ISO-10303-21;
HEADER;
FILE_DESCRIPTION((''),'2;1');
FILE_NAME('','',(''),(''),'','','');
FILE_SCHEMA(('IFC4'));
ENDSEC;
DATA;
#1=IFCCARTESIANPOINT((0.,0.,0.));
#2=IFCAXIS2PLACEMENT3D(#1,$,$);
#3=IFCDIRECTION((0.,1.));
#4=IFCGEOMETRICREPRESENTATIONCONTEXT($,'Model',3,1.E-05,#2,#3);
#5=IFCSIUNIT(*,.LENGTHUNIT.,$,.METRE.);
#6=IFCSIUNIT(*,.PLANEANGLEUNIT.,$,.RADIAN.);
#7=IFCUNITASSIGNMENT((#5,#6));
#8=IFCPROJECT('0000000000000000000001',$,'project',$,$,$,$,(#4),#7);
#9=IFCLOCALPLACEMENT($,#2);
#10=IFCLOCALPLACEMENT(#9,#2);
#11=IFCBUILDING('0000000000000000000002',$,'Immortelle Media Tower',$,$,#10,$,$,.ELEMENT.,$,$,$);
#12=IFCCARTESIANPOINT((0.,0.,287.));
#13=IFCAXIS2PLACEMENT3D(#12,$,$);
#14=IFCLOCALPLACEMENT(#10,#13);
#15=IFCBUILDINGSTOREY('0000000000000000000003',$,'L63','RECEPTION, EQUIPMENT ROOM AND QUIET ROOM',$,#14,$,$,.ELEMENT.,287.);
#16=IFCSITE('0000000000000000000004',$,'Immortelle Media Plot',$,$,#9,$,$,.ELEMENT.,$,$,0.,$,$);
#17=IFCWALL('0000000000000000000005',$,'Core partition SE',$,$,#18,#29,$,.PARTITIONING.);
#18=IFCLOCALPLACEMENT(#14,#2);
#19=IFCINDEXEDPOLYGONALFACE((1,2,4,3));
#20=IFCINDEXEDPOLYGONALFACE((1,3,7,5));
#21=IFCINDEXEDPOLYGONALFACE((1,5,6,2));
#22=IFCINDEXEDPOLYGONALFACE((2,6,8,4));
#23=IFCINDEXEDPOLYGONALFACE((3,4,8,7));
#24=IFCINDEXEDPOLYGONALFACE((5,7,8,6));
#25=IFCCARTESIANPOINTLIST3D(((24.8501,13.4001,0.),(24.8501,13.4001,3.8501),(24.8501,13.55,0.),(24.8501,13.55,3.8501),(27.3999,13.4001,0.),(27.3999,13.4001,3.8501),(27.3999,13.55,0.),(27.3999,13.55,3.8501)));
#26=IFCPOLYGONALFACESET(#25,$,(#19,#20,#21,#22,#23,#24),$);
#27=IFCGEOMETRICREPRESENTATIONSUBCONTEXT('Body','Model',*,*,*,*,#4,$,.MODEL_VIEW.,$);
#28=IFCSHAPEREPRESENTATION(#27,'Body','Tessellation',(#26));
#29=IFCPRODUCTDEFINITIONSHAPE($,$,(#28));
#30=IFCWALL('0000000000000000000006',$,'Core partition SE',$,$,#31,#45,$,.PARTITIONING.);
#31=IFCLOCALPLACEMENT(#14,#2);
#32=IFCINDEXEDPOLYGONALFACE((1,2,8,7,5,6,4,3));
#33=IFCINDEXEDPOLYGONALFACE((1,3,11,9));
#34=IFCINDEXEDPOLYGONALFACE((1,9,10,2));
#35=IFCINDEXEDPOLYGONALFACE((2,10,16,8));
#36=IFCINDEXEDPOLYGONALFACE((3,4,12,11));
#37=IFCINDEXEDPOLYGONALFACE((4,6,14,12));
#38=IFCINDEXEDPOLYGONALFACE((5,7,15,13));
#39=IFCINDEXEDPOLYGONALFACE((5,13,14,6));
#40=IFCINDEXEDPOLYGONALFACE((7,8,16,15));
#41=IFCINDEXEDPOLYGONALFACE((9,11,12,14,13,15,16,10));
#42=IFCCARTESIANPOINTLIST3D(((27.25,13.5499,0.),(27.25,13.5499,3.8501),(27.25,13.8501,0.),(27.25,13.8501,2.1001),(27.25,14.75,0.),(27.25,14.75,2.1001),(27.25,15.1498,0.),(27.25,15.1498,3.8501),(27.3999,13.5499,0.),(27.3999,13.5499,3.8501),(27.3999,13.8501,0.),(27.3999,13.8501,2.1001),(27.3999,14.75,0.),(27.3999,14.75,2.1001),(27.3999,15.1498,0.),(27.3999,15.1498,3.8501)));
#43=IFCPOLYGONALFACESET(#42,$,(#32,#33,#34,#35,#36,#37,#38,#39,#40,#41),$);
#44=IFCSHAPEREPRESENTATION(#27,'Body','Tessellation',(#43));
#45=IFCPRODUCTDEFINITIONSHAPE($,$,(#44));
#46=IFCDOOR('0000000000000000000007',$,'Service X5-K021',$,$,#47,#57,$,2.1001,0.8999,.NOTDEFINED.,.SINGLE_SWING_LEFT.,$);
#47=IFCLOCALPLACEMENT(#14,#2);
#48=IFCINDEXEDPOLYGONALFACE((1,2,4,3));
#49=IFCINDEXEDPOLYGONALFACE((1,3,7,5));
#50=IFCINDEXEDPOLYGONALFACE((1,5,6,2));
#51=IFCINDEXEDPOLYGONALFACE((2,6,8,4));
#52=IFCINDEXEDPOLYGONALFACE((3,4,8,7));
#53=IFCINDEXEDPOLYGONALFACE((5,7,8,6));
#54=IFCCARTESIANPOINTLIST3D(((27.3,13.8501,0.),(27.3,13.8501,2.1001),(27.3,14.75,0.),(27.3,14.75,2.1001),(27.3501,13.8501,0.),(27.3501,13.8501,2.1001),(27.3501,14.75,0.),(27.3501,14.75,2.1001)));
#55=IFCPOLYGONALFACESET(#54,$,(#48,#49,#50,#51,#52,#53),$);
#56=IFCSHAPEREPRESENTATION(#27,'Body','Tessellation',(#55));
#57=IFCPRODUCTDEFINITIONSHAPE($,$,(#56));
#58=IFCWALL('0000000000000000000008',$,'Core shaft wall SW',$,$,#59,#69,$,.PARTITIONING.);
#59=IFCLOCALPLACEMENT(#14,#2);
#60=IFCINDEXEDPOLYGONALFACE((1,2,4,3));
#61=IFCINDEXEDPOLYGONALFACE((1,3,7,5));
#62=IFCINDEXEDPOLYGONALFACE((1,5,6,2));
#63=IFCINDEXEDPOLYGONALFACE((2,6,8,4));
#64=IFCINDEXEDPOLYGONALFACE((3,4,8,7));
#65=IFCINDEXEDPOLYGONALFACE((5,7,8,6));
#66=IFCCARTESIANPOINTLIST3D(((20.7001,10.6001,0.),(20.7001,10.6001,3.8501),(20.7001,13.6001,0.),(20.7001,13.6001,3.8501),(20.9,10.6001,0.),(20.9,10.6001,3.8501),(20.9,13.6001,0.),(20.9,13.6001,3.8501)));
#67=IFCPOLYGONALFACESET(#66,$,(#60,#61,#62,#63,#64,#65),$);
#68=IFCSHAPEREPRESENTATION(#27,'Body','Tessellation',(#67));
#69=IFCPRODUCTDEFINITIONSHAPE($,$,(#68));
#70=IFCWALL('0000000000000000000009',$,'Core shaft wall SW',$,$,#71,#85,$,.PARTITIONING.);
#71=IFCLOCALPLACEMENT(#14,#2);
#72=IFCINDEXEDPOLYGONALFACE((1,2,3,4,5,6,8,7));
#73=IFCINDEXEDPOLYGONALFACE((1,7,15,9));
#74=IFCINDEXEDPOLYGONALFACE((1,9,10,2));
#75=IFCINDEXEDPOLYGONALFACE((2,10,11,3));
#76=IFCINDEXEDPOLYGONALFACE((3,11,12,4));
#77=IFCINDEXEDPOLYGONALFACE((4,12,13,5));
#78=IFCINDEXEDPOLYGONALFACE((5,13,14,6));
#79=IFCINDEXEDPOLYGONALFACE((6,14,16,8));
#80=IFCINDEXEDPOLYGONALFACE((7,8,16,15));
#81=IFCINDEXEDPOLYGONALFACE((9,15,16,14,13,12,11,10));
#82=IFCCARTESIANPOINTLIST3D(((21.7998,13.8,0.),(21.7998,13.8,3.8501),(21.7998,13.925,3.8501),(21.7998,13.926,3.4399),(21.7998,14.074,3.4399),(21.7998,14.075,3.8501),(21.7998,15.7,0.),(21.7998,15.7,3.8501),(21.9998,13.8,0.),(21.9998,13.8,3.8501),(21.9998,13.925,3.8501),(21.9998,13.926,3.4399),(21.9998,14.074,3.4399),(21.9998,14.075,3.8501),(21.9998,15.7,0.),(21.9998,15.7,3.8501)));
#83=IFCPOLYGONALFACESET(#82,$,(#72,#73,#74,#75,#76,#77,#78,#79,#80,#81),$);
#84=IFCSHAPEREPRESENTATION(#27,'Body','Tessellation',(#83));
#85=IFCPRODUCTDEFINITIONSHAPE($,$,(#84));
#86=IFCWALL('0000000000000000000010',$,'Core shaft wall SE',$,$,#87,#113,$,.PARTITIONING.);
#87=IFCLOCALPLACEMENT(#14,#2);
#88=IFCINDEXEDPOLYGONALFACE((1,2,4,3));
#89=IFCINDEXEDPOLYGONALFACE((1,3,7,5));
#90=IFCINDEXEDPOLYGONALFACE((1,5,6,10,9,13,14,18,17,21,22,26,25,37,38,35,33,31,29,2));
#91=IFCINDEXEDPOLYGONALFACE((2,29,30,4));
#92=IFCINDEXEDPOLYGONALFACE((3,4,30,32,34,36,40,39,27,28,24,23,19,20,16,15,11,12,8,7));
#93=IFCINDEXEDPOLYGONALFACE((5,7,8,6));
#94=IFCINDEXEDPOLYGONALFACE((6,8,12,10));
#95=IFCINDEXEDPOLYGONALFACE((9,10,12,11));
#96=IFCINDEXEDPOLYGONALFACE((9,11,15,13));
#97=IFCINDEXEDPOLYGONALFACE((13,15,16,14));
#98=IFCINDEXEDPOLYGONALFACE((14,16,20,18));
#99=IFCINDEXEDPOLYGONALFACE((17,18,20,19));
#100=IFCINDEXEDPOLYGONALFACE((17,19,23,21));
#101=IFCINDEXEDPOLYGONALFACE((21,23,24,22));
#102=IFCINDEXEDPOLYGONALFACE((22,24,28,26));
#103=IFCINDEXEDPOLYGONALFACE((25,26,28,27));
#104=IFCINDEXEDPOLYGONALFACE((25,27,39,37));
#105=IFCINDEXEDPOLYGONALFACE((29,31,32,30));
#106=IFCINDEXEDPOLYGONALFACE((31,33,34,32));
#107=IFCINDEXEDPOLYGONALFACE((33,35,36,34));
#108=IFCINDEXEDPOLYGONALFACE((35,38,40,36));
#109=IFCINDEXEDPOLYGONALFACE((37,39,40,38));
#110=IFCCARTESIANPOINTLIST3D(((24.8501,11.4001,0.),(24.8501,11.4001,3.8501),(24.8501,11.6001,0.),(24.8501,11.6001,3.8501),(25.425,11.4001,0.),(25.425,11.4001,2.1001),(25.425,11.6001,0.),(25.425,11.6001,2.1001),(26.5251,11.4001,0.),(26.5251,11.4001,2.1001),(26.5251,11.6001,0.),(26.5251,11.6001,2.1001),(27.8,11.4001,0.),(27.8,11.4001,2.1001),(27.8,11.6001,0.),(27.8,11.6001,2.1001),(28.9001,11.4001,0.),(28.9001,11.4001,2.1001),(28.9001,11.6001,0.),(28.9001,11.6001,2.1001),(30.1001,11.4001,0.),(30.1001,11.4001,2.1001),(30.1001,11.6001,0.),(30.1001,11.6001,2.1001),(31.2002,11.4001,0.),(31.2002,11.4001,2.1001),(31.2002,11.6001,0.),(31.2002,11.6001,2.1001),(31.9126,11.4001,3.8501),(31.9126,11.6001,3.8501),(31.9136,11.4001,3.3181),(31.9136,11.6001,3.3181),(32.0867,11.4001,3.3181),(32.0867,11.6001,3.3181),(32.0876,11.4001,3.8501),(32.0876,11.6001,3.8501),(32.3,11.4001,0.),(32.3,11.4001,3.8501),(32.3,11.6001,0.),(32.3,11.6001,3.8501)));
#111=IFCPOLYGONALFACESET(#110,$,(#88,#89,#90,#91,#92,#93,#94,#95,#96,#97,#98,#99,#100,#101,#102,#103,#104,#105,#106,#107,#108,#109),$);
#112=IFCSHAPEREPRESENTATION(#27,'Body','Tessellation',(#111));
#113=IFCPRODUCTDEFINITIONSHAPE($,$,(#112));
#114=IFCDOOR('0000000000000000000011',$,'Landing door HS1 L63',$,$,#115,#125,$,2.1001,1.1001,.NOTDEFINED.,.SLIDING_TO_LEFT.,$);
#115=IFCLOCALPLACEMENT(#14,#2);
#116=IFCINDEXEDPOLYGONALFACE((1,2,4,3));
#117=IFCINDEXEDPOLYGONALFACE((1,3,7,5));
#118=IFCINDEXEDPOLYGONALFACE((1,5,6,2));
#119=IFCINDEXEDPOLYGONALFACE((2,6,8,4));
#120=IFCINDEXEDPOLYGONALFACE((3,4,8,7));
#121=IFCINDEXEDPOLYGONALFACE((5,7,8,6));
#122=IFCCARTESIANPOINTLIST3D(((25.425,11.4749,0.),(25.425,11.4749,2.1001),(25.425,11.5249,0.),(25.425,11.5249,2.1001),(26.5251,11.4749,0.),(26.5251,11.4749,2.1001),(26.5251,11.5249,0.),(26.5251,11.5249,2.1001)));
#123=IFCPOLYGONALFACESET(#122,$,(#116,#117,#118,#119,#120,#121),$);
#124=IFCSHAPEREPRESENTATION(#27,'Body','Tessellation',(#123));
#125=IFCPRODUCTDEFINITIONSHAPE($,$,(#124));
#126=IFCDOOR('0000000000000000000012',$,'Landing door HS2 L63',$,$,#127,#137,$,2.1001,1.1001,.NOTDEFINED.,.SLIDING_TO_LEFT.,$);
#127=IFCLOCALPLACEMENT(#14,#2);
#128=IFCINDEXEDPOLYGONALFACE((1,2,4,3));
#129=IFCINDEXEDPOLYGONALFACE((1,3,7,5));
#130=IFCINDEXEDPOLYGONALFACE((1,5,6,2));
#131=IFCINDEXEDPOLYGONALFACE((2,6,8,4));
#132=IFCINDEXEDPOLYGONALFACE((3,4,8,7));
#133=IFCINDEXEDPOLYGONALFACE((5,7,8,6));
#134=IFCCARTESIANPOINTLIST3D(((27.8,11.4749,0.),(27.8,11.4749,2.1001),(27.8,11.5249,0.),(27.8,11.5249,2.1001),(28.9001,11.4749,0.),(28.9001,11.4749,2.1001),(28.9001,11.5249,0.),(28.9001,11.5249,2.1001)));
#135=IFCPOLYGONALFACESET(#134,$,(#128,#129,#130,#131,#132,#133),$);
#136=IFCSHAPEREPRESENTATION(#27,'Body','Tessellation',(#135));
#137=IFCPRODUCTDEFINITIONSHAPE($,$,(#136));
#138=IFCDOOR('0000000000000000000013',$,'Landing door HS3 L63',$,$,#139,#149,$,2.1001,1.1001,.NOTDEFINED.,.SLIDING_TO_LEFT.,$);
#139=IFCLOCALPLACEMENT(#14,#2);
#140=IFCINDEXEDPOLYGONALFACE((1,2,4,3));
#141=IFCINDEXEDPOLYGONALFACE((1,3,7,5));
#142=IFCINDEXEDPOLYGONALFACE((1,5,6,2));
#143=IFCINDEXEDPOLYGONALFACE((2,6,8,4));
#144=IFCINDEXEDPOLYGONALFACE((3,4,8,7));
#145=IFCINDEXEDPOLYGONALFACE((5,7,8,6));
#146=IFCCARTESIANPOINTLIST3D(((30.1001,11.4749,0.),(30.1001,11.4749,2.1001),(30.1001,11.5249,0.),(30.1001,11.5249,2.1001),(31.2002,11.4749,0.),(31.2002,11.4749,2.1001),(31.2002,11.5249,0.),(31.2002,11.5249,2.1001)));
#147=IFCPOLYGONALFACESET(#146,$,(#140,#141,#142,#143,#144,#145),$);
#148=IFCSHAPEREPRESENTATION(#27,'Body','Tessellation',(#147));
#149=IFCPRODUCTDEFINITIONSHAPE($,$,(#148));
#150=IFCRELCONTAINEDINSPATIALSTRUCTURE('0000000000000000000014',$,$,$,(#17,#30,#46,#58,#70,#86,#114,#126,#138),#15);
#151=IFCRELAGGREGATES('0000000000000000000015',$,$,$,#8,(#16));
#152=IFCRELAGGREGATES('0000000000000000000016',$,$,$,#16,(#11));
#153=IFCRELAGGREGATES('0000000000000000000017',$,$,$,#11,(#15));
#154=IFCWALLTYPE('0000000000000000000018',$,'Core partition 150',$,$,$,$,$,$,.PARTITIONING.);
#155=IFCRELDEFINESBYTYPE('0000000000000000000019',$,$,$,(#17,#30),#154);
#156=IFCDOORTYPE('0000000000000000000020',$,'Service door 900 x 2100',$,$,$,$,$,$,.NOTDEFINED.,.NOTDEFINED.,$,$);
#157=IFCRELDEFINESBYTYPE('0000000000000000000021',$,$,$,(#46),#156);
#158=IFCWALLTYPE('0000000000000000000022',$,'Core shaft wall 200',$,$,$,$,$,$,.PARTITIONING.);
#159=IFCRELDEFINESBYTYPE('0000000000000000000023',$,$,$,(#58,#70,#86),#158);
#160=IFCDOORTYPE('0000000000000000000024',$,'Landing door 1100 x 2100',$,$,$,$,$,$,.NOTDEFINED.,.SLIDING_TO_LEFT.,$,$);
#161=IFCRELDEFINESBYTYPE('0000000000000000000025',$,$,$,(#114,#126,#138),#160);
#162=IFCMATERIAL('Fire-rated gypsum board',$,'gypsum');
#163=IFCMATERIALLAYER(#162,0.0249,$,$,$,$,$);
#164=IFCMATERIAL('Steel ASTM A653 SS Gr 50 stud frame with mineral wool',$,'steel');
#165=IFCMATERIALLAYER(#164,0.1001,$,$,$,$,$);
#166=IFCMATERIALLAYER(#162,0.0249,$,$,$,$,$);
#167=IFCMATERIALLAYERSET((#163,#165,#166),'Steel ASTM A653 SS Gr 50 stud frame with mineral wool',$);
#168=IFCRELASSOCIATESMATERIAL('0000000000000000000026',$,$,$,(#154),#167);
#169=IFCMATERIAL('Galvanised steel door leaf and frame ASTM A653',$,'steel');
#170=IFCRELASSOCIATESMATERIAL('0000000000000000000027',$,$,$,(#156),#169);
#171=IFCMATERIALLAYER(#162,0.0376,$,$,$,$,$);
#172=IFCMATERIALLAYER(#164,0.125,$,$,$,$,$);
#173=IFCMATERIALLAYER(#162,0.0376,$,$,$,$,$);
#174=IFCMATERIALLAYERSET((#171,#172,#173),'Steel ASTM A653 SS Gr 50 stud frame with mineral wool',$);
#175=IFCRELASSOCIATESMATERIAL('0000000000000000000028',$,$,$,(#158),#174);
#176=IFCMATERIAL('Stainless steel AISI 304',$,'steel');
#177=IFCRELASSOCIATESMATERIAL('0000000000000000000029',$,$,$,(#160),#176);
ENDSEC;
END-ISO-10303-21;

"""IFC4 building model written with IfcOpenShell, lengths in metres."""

from ifc_helpers import new_model, si_unit, direction, frame, frame_2d, origin, place, context, subcontext, project, spatial, polyline, rectangle, outline, extrude, material, layer, layer_set, type_object, element, fill, save


model = new_model("IFC4")

# Units and contexts
model_context = context("Model", 3, precision=1e-05, world=origin(), true_north=direction((0.0, 1.0)))
body_context = subcontext(model_context, "Body", "Model", "MODEL_VIEW")
ifc_project = project(units=[si_unit("LENGTHUNIT", "METRE"), si_unit("PLANEANGLEUNIT", "RADIAN")], contexts=[model_context])

# Site, building, storey
site_placement = place(None, origin())
site = spatial("IfcSite", under=ifc_project, at=site_placement, Name="Immortelle Media Plot", CompositionType="ELEMENT", RefElevation=0.0)
building_placement = place(site_placement, origin())
building = spatial("IfcBuilding", under=site, at=building_placement, Name="Immortelle Media Tower", CompositionType="ELEMENT")
storey_placement = place(building_placement, frame((0.0, 0.0, 287.0)))
storey = spatial("IfcBuildingStorey", under=building, at=storey_placement, Name="L63", Description="RECEPTION, EQUIPMENT ROOM AND QUIET ROOM", CompositionType="ELEMENT", Elevation=287.0)

# Wall
ifc_material_1 = material(Name="Fire-rated gypsum board", Category="gypsum")
ifc_layer_1 = layer(ifc_material_1, 0.0249)
ifc_material_2 = material(Name="Steel ASTM A653 SS Gr 50 stud frame with mineral wool", Category="steel")
ifc_layer_2 = layer(ifc_material_2, 0.1001)
ifc_layer_3 = layer(ifc_material_1, 0.0249)
ifc_layer_set_1 = layer_set([ifc_layer_1, ifc_layer_2, ifc_layer_3], Name="Steel ASTM A653 SS Gr 50 stud frame with mineral wool")
wall_type_1 = type_object("IfcWallType", Name="Core partition 150", PredefinedType="PARTITIONING", material=ifc_layer_set_1)
wall_1_placement = place(storey_placement, frame((24.8501, 13.4751, 0.0), z_axis=(0.0, 0.0, 1.0), x_axis=(1.0, 0.0, 0.0)))
element("IfcWall", 1, at=wall_1_placement, inside=storey, type_object=wall_type_1, Name="Core partition SE", PredefinedType="PARTITIONING", context=body_context, shape_type="SweptSolid", body=[
    extrude(rectangle(XDim=2.5498, YDim=0.1499, at=frame_2d((1.2749, 0.0))), origin(), (0.0, 0.0, 1.0), 3.8501),
])

# Wall, opening, door
wall_2_placement = place(storey_placement, frame((27.325, 13.55, 0.0), z_axis=(0.0, 0.0, 1.0), x_axis=(0.0, 1.0, 0.0)))
wall_2 = element("IfcWall", 2, at=wall_2_placement, inside=storey, type_object=wall_type_1, Name="Core partition SE", PredefinedType="PARTITIONING", context=body_context, shape_type="SweptSolid", body=[
    extrude(rectangle(XDim=1.5999, YDim=0.1499, at=frame_2d((0.7998, 0.0))), origin(), (0.0, 0.0, 1.0), 3.8501),
])
opening_1_placement = place(wall_2_placement, frame((0.3, 0.0, 0.0)))
opening_1 = element("IfcOpeningElement", 3, at=opening_1_placement, cuts=wall_2, PredefinedType="OPENING", context=body_context, shape_type="SweptSolid", body=[
    extrude(rectangle(XDim=0.8999, YDim=2.1001, at=frame_2d((0.45, 1.05))), frame((0.0, 0.085, 0.0), z_axis=(0.0, -1.0, 0.0), x_axis=(1.0, 0.0, 0.0)), (0.0, 0.0, 1.0), 0.1699),
])
ifc_material_3 = material(Name="Galvanised steel door leaf and frame ASTM A653", Category="steel")
door_type_1 = type_object("IfcDoorType", Name="Service door 900 x 2100", OperationType="NOTDEFINED", PredefinedType="NOTDEFINED", material=ifc_material_3)
door_1_placement = place(opening_1_placement, origin())
door_1 = element("IfcDoor", 4, at=door_1_placement, inside=storey, type_object=door_type_1, Name="Service X5-K021", OperationType="SINGLE_SWING_LEFT", OverallHeight=2.1001, OverallWidth=0.8999, PredefinedType="NOTDEFINED", context=body_context, shape_type="SweptSolid", body=[
    extrude(rectangle(XDim=0.8999, YDim=2.1001, at=frame_2d((0.45, 1.05))), frame((0.0, 0.0249, 0.0), z_axis=(0.0, -1.0, 0.0), x_axis=(1.0, 0.0, 0.0)), (0.0, 0.0, 1.0), 0.05),
])
fill(opening_1, door_1)

# Walls
ifc_layer_4 = layer(ifc_material_1, 0.0376)
ifc_layer_5 = layer(ifc_material_2, 0.125)
ifc_layer_6 = layer(ifc_material_1, 0.0376)
ifc_layer_set_2 = layer_set([ifc_layer_4, ifc_layer_5, ifc_layer_6], Name="Steel ASTM A653 SS Gr 50 stud frame with mineral wool")
wall_type_2 = type_object("IfcWallType", Name="Core shaft wall 200", PredefinedType="PARTITIONING", material=ifc_layer_set_2)
wall_3_placement = place(storey_placement, frame((20.8, 10.6001, 0.0), z_axis=(0.0, 0.0, 1.0), x_axis=(0.0, 1.0, 0.0)))
element("IfcWall", 5, at=wall_3_placement, inside=storey, type_object=wall_type_2, Name="Core shaft wall SW", PredefinedType="PARTITIONING", context=body_context, shape_type="SweptSolid", body=[
    extrude(rectangle(XDim=3.0, YDim=0.2, at=frame_2d((1.5, 0.0))), origin(), (0.0, 0.0, 1.0), 3.8501),
])
wall_4_placement = place(storey_placement, frame((21.8999, 13.8, 0.0), z_axis=(0.0, 0.0, 1.0), x_axis=(0.0, 1.0, 0.0)))
element("IfcWall", 6, at=wall_4_placement, inside=storey, type_object=wall_type_2, Name="Core shaft wall SW", PredefinedType="PARTITIONING", context=body_context, shape_type="SweptSolid", body=[
    extrude(outline(polyline([(0.0, 0.0), (1.8999, 0.0), (1.8999, 3.8501), (0.2749, 3.8501), (0.2739, 3.4399), (0.126, 3.4399), (0.125, 3.8501), (0.0, 3.8501), (0.0, 0.0)])), frame((0.0, 0.1001, 0.0), z_axis=(0.0, -1.0, 0.0), x_axis=(1.0, 0.0, 0.0)), (0.0, 0.0, 1.0), 0.2),
])

# Wall, openings, doors
wall_5_placement = place(storey_placement, frame((24.8501, 11.5, 0.0), z_axis=(0.0, 0.0, 1.0), x_axis=(1.0, 0.0, 0.0)))
wall_5 = element("IfcWall", 7, at=wall_5_placement, inside=storey, type_object=wall_type_2, Name="Core shaft wall SE", PredefinedType="PARTITIONING", context=body_context, shape_type="SweptSolid", body=[
    extrude(outline(polyline([(0.0, 0.0), (7.45, 0.0), (7.45, 3.8501), (7.2375, 3.8501), (7.2366, 3.3181), (7.0635, 3.3181), (7.0625, 3.8501), (0.0, 3.8501), (0.0, 0.0)])), frame((0.0, 0.1001, 0.0), z_axis=(0.0, -1.0, 0.0), x_axis=(1.0, 0.0, 0.0)), (0.0, 0.0, 1.0), 0.2),
])
opening_2_placement = place(wall_5_placement, frame((0.575, 0.0, 0.0)))
opening_2 = element("IfcOpeningElement", 8, at=opening_2_placement, cuts=wall_5, PredefinedType="OPENING", context=body_context, shape_type="SweptSolid", body=[
    extrude(rectangle(XDim=1.1001, YDim=2.1001, at=frame_2d((0.55, 1.05))), frame((0.0, 0.1099, 0.0), z_axis=(0.0, -1.0, 0.0), x_axis=(1.0, 0.0, 0.0)), (0.0, 0.0, 1.0), 0.22),
])
opening_3_placement = place(wall_5_placement, frame((2.95, 0.0, 0.0)))
opening_3 = element("IfcOpeningElement", 9, at=opening_3_placement, cuts=wall_5, PredefinedType="OPENING", context=body_context, shape_type="SweptSolid", body=[
    extrude(rectangle(XDim=1.1001, YDim=2.1001, at=frame_2d((0.55, 1.05))), frame((0.0, 0.1099, 0.0), z_axis=(0.0, -1.0, 0.0), x_axis=(1.0, 0.0, 0.0)), (0.0, 0.0, 1.0), 0.22),
])
opening_4_placement = place(wall_5_placement, frame((5.25, 0.0, 0.0)))
opening_4 = element("IfcOpeningElement", 10, at=opening_4_placement, cuts=wall_5, PredefinedType="OPENING", context=body_context, shape_type="SweptSolid", body=[
    extrude(rectangle(XDim=1.1001, YDim=2.1001, at=frame_2d((0.55, 1.05))), frame((0.0, 0.1099, 0.0), z_axis=(0.0, -1.0, 0.0), x_axis=(1.0, 0.0, 0.0)), (0.0, 0.0, 1.0), 0.22),
])
ifc_material_4 = material(Name="Stainless steel AISI 304", Category="steel")
door_type_2 = type_object("IfcDoorType", Name="Landing door 1100 x 2100", OperationType="SLIDING_TO_LEFT", PredefinedType="NOTDEFINED", material=ifc_material_4)
door_2_placement = place(opening_2_placement, origin())
door_2 = element("IfcDoor", 11, at=door_2_placement, inside=storey, type_object=door_type_2, Name="Landing door HS1 L63", OperationType="SLIDING_TO_LEFT", OverallHeight=2.1001, OverallWidth=1.1001, PredefinedType="NOTDEFINED", context=body_context, shape_type="SweptSolid", body=[
    extrude(rectangle(XDim=1.1001, YDim=2.1001, at=frame_2d((0.55, 1.05))), frame((0.0, 0.0249, 0.0), z_axis=(0.0, -1.0, 0.0), x_axis=(1.0, 0.0, 0.0)), (0.0, 0.0, 1.0), 0.05),
])
fill(opening_2, door_2)
door_3_placement = place(opening_3_placement, origin())
door_3 = element("IfcDoor", 12, at=door_3_placement, inside=storey, type_object=door_type_2, Name="Landing door HS2 L63", OperationType="SLIDING_TO_LEFT", OverallHeight=2.1001, OverallWidth=1.1001, PredefinedType="NOTDEFINED", context=body_context, shape_type="SweptSolid", body=[
    extrude(rectangle(XDim=1.1001, YDim=2.1001, at=frame_2d((0.55, 1.05))), frame((0.0, 0.0249, 0.0), z_axis=(0.0, -1.0, 0.0), x_axis=(1.0, 0.0, 0.0)), (0.0, 0.0, 1.0), 0.05),
])
fill(opening_3, door_3)
door_4_placement = place(opening_4_placement, origin())
door_4 = element("IfcDoor", 13, at=door_4_placement, inside=storey, type_object=door_type_2, Name="Landing door HS3 L63", OperationType="SLIDING_TO_LEFT", OverallHeight=2.1001, OverallWidth=1.1001, PredefinedType="NOTDEFINED", context=body_context, shape_type="SweptSolid", body=[
    extrude(rectangle(XDim=1.1001, YDim=2.1001, at=frame_2d((0.55, 1.05))), frame((0.0, 0.0249, 0.0), z_axis=(0.0, -1.0, 0.0), x_axis=(1.0, 0.0, 0.0)), (0.0, 0.0, 1.0), 0.05),
])
fill(opening_4, door_4)

save(model, "model.ifc")
